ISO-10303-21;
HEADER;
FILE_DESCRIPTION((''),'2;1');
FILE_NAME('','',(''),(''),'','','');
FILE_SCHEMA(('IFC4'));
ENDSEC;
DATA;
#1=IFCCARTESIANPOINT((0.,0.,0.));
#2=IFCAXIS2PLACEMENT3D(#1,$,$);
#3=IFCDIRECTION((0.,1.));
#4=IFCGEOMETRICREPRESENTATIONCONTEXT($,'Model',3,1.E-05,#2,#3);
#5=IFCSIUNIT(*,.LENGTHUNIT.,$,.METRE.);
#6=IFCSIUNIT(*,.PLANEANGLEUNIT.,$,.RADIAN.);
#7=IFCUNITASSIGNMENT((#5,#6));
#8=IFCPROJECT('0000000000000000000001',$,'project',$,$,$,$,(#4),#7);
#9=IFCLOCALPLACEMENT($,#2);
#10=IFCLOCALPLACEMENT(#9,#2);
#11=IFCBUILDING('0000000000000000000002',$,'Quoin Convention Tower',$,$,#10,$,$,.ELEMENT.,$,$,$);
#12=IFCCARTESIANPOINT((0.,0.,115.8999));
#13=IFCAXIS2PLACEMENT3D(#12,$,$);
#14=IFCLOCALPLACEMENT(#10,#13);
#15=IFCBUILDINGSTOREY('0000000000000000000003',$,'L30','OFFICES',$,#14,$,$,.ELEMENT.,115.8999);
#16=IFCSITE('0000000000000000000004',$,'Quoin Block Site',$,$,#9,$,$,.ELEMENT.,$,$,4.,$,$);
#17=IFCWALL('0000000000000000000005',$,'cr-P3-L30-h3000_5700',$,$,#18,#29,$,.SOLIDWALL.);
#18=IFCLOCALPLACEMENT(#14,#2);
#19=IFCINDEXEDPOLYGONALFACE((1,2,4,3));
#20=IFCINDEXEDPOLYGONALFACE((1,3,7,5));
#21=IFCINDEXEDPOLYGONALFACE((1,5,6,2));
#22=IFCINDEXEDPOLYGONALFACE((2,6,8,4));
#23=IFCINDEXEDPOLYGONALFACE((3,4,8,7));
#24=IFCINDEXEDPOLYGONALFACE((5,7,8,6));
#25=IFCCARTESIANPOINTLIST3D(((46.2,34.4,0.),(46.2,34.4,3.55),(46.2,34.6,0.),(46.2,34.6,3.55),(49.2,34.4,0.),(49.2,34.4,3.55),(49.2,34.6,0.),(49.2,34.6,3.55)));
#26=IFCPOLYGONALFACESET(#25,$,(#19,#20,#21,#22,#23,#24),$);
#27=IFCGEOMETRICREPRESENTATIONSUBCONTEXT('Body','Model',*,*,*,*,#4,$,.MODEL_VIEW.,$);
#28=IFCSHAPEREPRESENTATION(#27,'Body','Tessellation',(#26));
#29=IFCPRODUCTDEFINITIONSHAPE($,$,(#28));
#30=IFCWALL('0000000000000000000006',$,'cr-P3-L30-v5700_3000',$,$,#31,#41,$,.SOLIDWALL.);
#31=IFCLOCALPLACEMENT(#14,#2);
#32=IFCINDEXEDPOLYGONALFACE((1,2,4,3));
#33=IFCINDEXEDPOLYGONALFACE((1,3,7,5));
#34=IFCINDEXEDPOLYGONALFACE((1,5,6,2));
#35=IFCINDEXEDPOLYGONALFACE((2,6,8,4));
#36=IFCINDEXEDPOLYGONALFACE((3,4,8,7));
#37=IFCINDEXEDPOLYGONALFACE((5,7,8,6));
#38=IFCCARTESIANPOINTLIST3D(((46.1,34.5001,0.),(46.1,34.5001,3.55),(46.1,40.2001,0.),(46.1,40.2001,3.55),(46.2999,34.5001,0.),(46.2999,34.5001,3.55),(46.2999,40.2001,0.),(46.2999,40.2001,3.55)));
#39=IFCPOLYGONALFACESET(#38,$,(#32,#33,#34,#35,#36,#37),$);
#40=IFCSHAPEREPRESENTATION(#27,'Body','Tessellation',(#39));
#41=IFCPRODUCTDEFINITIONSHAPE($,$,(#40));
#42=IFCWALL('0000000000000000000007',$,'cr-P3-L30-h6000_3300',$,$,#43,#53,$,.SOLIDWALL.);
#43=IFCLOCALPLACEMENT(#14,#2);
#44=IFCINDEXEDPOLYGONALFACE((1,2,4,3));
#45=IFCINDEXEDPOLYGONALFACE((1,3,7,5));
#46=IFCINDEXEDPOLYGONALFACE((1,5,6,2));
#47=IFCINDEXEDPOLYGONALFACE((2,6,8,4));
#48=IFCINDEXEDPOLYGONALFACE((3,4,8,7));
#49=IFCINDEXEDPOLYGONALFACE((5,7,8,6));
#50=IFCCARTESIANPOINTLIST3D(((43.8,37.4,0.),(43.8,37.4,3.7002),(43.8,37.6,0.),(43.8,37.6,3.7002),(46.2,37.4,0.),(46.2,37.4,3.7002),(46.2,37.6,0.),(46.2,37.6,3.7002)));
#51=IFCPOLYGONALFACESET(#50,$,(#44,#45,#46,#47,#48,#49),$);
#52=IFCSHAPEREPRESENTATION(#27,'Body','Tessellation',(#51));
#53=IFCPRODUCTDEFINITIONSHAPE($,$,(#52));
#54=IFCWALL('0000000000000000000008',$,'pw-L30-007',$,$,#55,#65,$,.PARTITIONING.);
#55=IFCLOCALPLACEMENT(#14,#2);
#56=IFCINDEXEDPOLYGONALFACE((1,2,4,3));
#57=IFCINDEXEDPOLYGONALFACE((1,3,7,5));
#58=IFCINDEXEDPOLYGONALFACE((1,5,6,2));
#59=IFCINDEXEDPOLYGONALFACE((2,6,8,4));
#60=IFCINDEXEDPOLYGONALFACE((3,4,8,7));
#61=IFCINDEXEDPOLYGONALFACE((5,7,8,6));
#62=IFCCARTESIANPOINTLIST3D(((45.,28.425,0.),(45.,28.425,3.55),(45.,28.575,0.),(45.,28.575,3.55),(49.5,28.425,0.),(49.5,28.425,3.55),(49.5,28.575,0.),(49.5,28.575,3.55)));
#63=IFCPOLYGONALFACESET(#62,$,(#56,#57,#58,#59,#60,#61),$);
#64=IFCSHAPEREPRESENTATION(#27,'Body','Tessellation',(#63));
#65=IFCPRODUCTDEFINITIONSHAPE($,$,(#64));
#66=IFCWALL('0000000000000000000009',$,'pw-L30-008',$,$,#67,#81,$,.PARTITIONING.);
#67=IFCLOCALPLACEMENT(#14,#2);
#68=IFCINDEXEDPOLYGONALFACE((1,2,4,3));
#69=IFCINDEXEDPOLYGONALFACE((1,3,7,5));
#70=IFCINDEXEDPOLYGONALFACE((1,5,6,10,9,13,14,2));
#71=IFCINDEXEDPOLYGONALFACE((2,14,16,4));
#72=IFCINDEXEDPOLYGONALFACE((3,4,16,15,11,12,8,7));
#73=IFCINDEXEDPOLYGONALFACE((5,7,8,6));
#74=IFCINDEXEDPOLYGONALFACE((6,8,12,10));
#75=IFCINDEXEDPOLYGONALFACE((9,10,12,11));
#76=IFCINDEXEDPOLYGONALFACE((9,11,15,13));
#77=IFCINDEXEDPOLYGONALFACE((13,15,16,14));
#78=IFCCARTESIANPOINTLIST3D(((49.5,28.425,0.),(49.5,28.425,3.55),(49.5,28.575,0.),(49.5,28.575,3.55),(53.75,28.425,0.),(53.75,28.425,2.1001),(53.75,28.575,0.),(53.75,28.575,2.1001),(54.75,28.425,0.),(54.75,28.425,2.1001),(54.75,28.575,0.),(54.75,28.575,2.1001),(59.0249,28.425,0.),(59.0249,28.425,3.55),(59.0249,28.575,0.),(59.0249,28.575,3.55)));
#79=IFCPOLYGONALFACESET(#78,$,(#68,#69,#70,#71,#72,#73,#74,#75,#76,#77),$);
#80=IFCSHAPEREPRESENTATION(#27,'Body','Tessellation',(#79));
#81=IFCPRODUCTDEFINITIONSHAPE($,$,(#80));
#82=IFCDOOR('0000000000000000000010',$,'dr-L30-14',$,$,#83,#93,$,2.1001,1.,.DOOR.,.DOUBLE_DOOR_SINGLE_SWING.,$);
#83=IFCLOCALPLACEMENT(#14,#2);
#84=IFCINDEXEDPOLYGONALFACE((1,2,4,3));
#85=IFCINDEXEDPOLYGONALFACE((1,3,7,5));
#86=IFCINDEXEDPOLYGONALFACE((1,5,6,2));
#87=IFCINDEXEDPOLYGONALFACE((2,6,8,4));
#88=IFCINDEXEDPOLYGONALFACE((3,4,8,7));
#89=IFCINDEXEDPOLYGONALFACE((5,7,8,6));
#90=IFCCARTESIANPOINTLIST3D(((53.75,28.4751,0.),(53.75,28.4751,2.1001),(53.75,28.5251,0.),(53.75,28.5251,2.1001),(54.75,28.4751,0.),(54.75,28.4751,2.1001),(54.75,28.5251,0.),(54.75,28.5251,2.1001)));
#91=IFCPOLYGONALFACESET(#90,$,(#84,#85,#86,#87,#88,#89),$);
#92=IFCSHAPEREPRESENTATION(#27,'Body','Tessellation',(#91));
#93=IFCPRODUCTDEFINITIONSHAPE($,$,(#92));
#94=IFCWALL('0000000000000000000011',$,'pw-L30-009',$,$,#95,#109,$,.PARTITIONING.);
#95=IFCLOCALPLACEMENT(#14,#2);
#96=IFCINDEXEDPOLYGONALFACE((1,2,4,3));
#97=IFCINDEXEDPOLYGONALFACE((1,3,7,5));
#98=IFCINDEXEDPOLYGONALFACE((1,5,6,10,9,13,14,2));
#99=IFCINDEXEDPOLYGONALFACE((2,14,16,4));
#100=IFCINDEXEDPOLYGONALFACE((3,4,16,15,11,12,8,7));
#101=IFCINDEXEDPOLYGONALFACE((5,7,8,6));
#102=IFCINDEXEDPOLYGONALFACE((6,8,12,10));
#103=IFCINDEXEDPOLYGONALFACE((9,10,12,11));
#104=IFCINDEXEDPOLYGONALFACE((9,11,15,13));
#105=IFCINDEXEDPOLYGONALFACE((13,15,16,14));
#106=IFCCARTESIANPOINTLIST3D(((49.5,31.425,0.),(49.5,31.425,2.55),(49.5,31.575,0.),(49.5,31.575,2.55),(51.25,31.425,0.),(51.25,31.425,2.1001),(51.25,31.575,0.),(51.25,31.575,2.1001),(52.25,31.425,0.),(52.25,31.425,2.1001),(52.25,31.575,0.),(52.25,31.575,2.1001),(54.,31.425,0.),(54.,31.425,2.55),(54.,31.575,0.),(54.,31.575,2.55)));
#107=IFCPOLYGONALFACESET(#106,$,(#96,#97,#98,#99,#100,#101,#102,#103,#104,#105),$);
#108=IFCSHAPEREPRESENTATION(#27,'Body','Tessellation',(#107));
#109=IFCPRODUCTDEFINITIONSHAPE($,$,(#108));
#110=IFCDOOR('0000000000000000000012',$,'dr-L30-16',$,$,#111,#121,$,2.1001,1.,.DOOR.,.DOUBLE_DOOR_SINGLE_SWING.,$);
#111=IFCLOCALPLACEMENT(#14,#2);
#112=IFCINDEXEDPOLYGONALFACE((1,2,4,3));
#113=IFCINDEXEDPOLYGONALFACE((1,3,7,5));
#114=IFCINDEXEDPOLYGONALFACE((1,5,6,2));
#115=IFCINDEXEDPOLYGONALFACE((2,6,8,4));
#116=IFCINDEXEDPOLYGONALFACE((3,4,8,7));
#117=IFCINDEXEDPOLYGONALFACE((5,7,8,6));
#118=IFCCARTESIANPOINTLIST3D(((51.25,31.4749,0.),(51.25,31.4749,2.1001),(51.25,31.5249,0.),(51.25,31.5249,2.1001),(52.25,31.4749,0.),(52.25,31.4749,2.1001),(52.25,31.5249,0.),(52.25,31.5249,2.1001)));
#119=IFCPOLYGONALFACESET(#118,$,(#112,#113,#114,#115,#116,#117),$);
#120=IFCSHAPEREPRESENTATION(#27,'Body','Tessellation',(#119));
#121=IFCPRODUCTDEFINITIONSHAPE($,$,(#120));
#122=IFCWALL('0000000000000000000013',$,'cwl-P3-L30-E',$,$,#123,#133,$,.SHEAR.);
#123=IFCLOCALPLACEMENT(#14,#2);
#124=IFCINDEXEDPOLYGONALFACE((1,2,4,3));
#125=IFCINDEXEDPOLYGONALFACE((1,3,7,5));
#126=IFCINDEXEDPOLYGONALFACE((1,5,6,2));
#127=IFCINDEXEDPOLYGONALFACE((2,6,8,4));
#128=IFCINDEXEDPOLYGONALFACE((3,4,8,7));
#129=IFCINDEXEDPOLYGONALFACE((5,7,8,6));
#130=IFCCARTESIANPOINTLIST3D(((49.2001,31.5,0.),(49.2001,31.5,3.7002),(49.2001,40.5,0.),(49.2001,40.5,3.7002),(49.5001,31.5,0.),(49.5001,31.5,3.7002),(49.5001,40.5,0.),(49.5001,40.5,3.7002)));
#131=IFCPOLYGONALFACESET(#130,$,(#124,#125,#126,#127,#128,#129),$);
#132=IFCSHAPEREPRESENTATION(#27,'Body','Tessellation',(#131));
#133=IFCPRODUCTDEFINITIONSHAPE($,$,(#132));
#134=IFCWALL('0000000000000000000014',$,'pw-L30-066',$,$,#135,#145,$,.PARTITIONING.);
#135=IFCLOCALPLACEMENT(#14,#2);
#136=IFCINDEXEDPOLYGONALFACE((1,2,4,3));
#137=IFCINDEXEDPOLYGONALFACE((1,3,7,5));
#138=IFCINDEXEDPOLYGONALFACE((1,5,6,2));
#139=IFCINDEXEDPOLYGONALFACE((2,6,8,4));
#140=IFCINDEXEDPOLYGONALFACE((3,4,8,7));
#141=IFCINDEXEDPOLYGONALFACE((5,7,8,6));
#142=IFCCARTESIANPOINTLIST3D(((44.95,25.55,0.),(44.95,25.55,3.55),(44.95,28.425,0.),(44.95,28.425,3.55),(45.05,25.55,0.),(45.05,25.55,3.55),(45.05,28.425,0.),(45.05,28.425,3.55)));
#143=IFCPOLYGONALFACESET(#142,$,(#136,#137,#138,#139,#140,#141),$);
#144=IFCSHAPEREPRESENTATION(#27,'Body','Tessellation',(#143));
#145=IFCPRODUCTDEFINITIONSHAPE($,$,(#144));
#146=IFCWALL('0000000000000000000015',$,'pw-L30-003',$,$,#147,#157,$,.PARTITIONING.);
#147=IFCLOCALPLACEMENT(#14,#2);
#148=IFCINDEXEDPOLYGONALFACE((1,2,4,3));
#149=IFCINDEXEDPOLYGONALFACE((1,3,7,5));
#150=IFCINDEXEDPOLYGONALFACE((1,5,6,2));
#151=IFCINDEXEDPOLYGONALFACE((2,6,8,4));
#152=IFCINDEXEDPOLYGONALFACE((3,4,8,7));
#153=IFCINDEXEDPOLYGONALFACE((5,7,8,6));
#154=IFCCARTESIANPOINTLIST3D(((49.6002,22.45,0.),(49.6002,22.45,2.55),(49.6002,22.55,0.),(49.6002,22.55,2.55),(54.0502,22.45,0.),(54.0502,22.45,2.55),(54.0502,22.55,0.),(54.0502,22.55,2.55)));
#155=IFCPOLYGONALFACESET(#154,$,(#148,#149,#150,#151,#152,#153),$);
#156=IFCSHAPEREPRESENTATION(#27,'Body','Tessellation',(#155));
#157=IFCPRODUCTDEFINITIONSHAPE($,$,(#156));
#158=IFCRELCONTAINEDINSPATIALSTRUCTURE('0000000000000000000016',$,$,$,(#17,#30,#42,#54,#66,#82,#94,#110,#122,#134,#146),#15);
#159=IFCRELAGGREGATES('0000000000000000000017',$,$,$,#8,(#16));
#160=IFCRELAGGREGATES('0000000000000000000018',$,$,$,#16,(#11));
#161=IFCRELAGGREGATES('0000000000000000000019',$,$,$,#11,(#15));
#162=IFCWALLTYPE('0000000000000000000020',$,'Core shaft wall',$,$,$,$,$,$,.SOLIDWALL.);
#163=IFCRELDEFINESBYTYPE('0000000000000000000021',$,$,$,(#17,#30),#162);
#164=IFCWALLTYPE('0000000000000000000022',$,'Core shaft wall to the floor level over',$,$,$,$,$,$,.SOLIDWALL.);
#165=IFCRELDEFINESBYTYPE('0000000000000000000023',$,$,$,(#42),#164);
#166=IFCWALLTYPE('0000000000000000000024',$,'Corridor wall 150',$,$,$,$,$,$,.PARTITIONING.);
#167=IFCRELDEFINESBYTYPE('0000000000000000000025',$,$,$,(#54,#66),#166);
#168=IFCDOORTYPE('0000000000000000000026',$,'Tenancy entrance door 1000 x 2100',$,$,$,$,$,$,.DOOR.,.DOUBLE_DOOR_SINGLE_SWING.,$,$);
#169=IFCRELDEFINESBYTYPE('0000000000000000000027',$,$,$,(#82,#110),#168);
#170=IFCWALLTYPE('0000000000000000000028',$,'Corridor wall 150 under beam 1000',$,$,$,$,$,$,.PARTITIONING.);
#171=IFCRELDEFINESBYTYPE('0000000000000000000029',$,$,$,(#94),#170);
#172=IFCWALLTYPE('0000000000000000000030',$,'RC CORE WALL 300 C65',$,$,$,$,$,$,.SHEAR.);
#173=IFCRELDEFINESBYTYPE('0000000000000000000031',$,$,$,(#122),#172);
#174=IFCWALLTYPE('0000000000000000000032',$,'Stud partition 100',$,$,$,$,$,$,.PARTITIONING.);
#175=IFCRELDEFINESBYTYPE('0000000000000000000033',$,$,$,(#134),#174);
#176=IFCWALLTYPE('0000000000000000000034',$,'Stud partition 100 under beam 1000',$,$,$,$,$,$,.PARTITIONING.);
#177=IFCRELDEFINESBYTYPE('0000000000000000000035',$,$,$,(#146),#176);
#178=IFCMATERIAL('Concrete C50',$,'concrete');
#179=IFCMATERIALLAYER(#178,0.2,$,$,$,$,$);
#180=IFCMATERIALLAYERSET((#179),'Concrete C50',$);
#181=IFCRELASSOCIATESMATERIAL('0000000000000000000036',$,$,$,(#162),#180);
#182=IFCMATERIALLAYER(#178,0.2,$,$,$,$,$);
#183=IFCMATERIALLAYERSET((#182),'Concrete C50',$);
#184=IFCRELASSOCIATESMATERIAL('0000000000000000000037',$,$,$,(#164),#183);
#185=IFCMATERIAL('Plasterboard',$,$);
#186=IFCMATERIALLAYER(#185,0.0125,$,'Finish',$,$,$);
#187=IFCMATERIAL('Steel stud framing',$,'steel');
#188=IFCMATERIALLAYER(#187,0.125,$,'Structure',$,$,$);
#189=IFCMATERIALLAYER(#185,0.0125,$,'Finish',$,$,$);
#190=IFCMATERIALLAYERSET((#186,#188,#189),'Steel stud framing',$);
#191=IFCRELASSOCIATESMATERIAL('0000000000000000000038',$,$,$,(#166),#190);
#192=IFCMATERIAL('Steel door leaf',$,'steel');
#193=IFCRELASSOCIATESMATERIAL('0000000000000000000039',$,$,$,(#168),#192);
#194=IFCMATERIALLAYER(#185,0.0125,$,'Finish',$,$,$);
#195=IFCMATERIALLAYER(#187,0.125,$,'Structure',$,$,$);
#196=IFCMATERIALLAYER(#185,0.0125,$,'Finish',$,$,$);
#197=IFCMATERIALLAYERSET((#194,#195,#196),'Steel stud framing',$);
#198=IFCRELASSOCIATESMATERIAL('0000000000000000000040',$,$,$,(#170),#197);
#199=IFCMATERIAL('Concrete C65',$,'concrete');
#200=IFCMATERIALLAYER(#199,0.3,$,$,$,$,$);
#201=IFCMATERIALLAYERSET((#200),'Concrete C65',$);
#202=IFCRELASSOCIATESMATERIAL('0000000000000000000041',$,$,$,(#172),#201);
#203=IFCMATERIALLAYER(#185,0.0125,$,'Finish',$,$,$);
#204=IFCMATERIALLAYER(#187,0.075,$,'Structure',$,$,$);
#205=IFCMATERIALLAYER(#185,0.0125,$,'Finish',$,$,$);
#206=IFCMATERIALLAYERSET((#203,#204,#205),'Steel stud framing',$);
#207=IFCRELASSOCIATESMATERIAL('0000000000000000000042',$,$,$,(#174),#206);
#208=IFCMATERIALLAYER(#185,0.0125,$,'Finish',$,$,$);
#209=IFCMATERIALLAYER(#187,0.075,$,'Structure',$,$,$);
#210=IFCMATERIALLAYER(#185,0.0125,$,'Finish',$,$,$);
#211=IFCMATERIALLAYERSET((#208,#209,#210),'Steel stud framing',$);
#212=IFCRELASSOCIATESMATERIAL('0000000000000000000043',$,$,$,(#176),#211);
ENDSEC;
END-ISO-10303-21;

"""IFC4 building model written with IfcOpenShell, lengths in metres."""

from ifc_helpers import new_model, si_unit, direction, frame, frame_2d, origin, place, context, subcontext, project, spatial, rectangle, extrude, material, layer, layer_set, type_object, element, fill, save


model = new_model("IFC4")

# Units and contexts
model_context = context("Model", 3, precision=1e-05, world=origin(), true_north=direction((0.0, 1.0)))
body_context = subcontext(model_context, "Body", "Model", "MODEL_VIEW")
ifc_project = project(units=[si_unit("LENGTHUNIT", "METRE"), si_unit("PLANEANGLEUNIT", "RADIAN")], contexts=[model_context])

# Site, building, storey
site_placement = place(None, origin())
site = spatial("IfcSite", under=ifc_project, at=site_placement, Name="Quoin Block Site", CompositionType="ELEMENT", RefElevation=4.0)
building_placement = place(site_placement, origin())
building = spatial("IfcBuilding", under=site, at=building_placement, Name="Quoin Convention Tower", CompositionType="ELEMENT")
storey_placement = place(building_placement, frame((0.0, 0.0, 115.8999)))
storey = spatial("IfcBuildingStorey", under=building, at=storey_placement, Name="L30", Description="OFFICES", CompositionType="ELEMENT", Elevation=115.8999)

# Shared definitions
ifc_material_1 = material(Name="Concrete C65", Category="concrete")

# Shared definitions
ifc_material_2 = material(Name="Plasterboard")
ifc_material_3 = material(Name="Steel stud framing", Category="steel")

# Shared definitions
ifc_material_4 = material(Name="Steel door leaf", Category="steel")

# Walls
ifc_material_5 = material(Name="Concrete C50", Category="concrete")
ifc_layer_1 = layer(ifc_material_5, 0.2)
ifc_layer_set_1 = layer_set([ifc_layer_1], Name="Concrete C50")
wall_type_1 = type_object("IfcWallType", Name="Core shaft wall", PredefinedType="SOLIDWALL", material=ifc_layer_set_1)
wall_1_placement = place(storey_placement, frame((46.2, 34.5, 0.0), z_axis=(0.0, 0.0, 1.0), x_axis=(1.0, 0.0, 0.0)))
element("IfcWall", 1, at=wall_1_placement, inside=storey, type_object=wall_type_1, Name="cr-P3-L30-h3000_5700", PredefinedType="SOLIDWALL", context=body_context, shape_type="SweptSolid", body=[
    extrude(rectangle(XDim=3.0, YDim=0.2, at=frame_2d((1.5, 0.0))), origin(), (0.0, 0.0, 1.0), 3.55),
])
wall_2_placement = place(storey_placement, frame((46.2, 34.5, 0.0), z_axis=(0.0, 0.0, 1.0), x_axis=(0.0, 1.0, 0.0)))
element("IfcWall", 2, at=wall_2_placement, inside=storey, type_object=wall_type_1, Name="cr-P3-L30-v5700_3000", PredefinedType="SOLIDWALL", context=body_context, shape_type="SweptSolid", body=[
    extrude(rectangle(XDim=5.7, YDim=0.2, at=frame_2d((2.8501, 0.0))), origin(), (0.0, 0.0, 1.0), 3.55),
])
ifc_layer_2 = layer(ifc_material_5, 0.2)
ifc_layer_set_2 = layer_set([ifc_layer_2], Name="Concrete C50")
wall_type_2 = type_object("IfcWallType", Name="Core shaft wall to the floor level over", PredefinedType="SOLIDWALL", material=ifc_layer_set_2)
wall_3_placement = place(storey_placement, frame((43.8, 37.5, 0.0), z_axis=(0.0, 0.0, 1.0), x_axis=(1.0, 0.0, 0.0)))
element("IfcWall", 3, at=wall_3_placement, inside=storey, type_object=wall_type_2, Name="cr-P3-L30-h6000_3300", PredefinedType="SOLIDWALL", context=body_context, shape_type="SweptSolid", body=[
    extrude(rectangle(XDim=2.3999, YDim=0.2, at=frame_2d((1.2, 0.0))), origin(), (0.0, 0.0, 1.0), 3.7002),
])
ifc_layer_3 = layer(ifc_material_2, 0.0125, Name="Finish")
ifc_layer_4 = layer(ifc_material_3, 0.125, Name="Structure")
ifc_layer_5 = layer(ifc_material_2, 0.0125, Name="Finish")
ifc_layer_set_3 = layer_set([ifc_layer_3, ifc_layer_4, ifc_layer_5], Name="Steel stud framing")
wall_type_3 = type_object("IfcWallType", Name="Corridor wall 150", PredefinedType="PARTITIONING", material=ifc_layer_set_3)
wall_4_placement = place(storey_placement, frame((45.0, 28.5, 0.0), z_axis=(0.0, 0.0, 1.0), x_axis=(1.0, 0.0, 0.0)))
element("IfcWall", 4, at=wall_4_placement, inside=storey, type_object=wall_type_3, Name="pw-L30-007", PredefinedType="PARTITIONING", context=body_context, shape_type="SweptSolid", body=[
    extrude(rectangle(XDim=4.5, YDim=0.1499, at=frame_2d((2.25, 0.0))), origin(), (0.0, 0.0, 1.0), 3.55),
])

# Walls, openings, doors
wall_5_placement = place(storey_placement, frame((49.5, 28.5, 0.0), z_axis=(0.0, 0.0, 1.0), x_axis=(1.0, 0.0, 0.0)))
wall_5 = element("IfcWall", 5, at=wall_5_placement, inside=storey, type_object=wall_type_3, Name="pw-L30-008", PredefinedType="PARTITIONING", context=body_context, shape_type="SweptSolid", body=[
    extrude(rectangle(XDim=9.5249, YDim=0.1499, at=frame_2d((4.7625, 0.0))), origin(), (0.0, 0.0, 1.0), 3.55),
])
opening_1_placement = place(wall_5_placement, frame((4.25, 0.0, 0.0)))
opening_1 = element("IfcOpeningElement", 6, at=opening_1_placement, cuts=wall_5, PredefinedType="OPENING", context=body_context, shape_type="SweptSolid", body=[
    extrude(rectangle(XDim=1.0, YDim=2.1001, at=frame_2d((0.5, 1.05))), frame((0.0, 0.085, 0.0), z_axis=(0.0, -1.0, 0.0), x_axis=(1.0, 0.0, 0.0)), (0.0, 0.0, 1.0), 0.1699),
])
door_type_1 = type_object("IfcDoorType", Name="Tenancy entrance door 1000 x 2100", OperationType="DOUBLE_DOOR_SINGLE_SWING", PredefinedType="DOOR", material=ifc_material_4)
door_1_placement = place(opening_1_placement, frame((1.0, 0.0, 0.0), z_axis=(0.0, 0.0, 1.0), x_axis=(-1.0, 0.0, 0.0)))
door_1 = element("IfcDoor", 7, at=door_1_placement, inside=storey, type_object=door_type_1, Name="dr-L30-14", OperationType="DOUBLE_DOOR_SINGLE_SWING", OverallHeight=2.1001, OverallWidth=1.0, PredefinedType="DOOR", context=body_context, shape_type="SweptSolid", body=[
    extrude(rectangle(XDim=1.0, YDim=2.1001, at=frame_2d((0.5, 1.05))), frame((0.0, 0.0249, 0.0), z_axis=(0.0, -1.0, 0.0), x_axis=(1.0, 0.0, 0.0)), (0.0, 0.0, 1.0), 0.05),
])
fill(opening_1, door_1)
ifc_layer_6 = layer(ifc_material_2, 0.0125, Name="Finish")
ifc_layer_7 = layer(ifc_material_3, 0.125, Name="Structure")
ifc_layer_8 = layer(ifc_material_2, 0.0125, Name="Finish")
ifc_layer_set_4 = layer_set([ifc_layer_6, ifc_layer_7, ifc_layer_8], Name="Steel stud framing")
wall_type_4 = type_object("IfcWallType", Name="Corridor wall 150 under beam 1000", PredefinedType="PARTITIONING", material=ifc_layer_set_4)
wall_6_placement = place(storey_placement, frame((49.5, 31.5, 0.0), z_axis=(0.0, 0.0, 1.0), x_axis=(1.0, 0.0, 0.0)))
wall_6 = element("IfcWall", 8, at=wall_6_placement, inside=storey, type_object=wall_type_4, Name="pw-L30-009", PredefinedType="PARTITIONING", context=body_context, shape_type="SweptSolid", body=[
    extrude(rectangle(XDim=4.5, YDim=0.1499, at=frame_2d((2.25, 0.0))), origin(), (0.0, 0.0, 1.0), 2.55),
])
opening_2_placement = place(wall_6_placement, frame((1.75, 0.0, 0.0)))
opening_2 = element("IfcOpeningElement", 9, at=opening_2_placement, cuts=wall_6, PredefinedType="OPENING", context=body_context, shape_type="SweptSolid", body=[
    extrude(rectangle(XDim=1.0, YDim=2.1001, at=frame_2d((0.5, 1.05))), frame((0.0, 0.085, 0.0), z_axis=(0.0, -1.0, 0.0), x_axis=(1.0, 0.0, 0.0)), (0.0, 0.0, 1.0), 0.1699),
])
door_2_placement = place(opening_2_placement, origin())
door_2 = element("IfcDoor", 10, at=door_2_placement, inside=storey, type_object=door_type_1, Name="dr-L30-16", OperationType="DOUBLE_DOOR_SINGLE_SWING", OverallHeight=2.1001, OverallWidth=1.0, PredefinedType="DOOR", context=body_context, shape_type="SweptSolid", body=[
    extrude(rectangle(XDim=1.0, YDim=2.1001, at=frame_2d((0.5, 1.05))), frame((0.0, 0.0249, 0.0), z_axis=(0.0, -1.0, 0.0), x_axis=(1.0, 0.0, 0.0)), (0.0, 0.0, 1.0), 0.05),
])
fill(opening_2, door_2)

# Walls
ifc_layer_9 = layer(ifc_material_1, 0.3)
ifc_layer_set_5 = layer_set([ifc_layer_9], Name="Concrete C65")
wall_type_5 = type_object("IfcWallType", Name="RC CORE WALL 300 C65", PredefinedType="SHEAR", material=ifc_layer_set_5)
wall_7_placement = place(storey_placement, frame((49.3501, 31.5, 0.0), z_axis=(0.0, 0.0, 1.0), x_axis=(0.0, 1.0, 0.0)))
element("IfcWall", 11, at=wall_7_placement, inside=storey, type_object=wall_type_5, Name="cwl-P3-L30-E", PredefinedType="SHEAR", context=body_context, shape_type="SweptSolid", body=[
    extrude(rectangle(XDim=9.0, YDim=0.3, at=frame_2d((4.5, 0.0))), origin(), (0.0, 0.0, 1.0), 3.7002),
])
ifc_layer_10 = layer(ifc_material_2, 0.0125, Name="Finish")
ifc_layer_11 = layer(ifc_material_3, 0.075, Name="Structure")
ifc_layer_12 = layer(ifc_material_2, 0.0125, Name="Finish")
ifc_layer_set_6 = layer_set([ifc_layer_10, ifc_layer_11, ifc_layer_12], Name="Steel stud framing")
wall_type_6 = type_object("IfcWallType", Name="Stud partition 100", PredefinedType="PARTITIONING", material=ifc_layer_set_6)
wall_8_placement = place(storey_placement, frame((45.0, 25.55, 0.0), z_axis=(0.0, 0.0, 1.0), x_axis=(0.0, 1.0, 0.0)))
element("IfcWall", 12, at=wall_8_placement, inside=storey, type_object=wall_type_6, Name="pw-L30-066", PredefinedType="PARTITIONING", context=body_context, shape_type="SweptSolid", body=[
    extrude(rectangle(XDim=2.875, YDim=0.1001, at=frame_2d((1.4375, 0.0))), origin(), (0.0, 0.0, 1.0), 3.55),
])
ifc_layer_13 = layer(ifc_material_2, 0.0125, Name="Finish")
ifc_layer_14 = layer(ifc_material_3, 0.075, Name="Structure")
ifc_layer_15 = layer(ifc_material_2, 0.0125, Name="Finish")
ifc_layer_set_7 = layer_set([ifc_layer_13, ifc_layer_14, ifc_layer_15], Name="Steel stud framing")
wall_type_7 = type_object("IfcWallType", Name="Stud partition 100 under beam 1000", PredefinedType="PARTITIONING", material=ifc_layer_set_7)
wall_9_placement = place(storey_placement, frame((49.6001, 22.5, 0.0), z_axis=(0.0, 0.0, 1.0), x_axis=(1.0, 0.0, 0.0)))
element("IfcWall", 13, at=wall_9_placement, inside=storey, type_object=wall_type_7, Name="pw-L30-003", PredefinedType="PARTITIONING", context=body_context, shape_type="SweptSolid", body=[
    extrude(rectangle(XDim=4.45, YDim=0.1001, at=frame_2d((2.2251, 0.0))), origin(), (0.0, 0.0, 1.0), 2.55),
])

save(model, "model.ifc")
